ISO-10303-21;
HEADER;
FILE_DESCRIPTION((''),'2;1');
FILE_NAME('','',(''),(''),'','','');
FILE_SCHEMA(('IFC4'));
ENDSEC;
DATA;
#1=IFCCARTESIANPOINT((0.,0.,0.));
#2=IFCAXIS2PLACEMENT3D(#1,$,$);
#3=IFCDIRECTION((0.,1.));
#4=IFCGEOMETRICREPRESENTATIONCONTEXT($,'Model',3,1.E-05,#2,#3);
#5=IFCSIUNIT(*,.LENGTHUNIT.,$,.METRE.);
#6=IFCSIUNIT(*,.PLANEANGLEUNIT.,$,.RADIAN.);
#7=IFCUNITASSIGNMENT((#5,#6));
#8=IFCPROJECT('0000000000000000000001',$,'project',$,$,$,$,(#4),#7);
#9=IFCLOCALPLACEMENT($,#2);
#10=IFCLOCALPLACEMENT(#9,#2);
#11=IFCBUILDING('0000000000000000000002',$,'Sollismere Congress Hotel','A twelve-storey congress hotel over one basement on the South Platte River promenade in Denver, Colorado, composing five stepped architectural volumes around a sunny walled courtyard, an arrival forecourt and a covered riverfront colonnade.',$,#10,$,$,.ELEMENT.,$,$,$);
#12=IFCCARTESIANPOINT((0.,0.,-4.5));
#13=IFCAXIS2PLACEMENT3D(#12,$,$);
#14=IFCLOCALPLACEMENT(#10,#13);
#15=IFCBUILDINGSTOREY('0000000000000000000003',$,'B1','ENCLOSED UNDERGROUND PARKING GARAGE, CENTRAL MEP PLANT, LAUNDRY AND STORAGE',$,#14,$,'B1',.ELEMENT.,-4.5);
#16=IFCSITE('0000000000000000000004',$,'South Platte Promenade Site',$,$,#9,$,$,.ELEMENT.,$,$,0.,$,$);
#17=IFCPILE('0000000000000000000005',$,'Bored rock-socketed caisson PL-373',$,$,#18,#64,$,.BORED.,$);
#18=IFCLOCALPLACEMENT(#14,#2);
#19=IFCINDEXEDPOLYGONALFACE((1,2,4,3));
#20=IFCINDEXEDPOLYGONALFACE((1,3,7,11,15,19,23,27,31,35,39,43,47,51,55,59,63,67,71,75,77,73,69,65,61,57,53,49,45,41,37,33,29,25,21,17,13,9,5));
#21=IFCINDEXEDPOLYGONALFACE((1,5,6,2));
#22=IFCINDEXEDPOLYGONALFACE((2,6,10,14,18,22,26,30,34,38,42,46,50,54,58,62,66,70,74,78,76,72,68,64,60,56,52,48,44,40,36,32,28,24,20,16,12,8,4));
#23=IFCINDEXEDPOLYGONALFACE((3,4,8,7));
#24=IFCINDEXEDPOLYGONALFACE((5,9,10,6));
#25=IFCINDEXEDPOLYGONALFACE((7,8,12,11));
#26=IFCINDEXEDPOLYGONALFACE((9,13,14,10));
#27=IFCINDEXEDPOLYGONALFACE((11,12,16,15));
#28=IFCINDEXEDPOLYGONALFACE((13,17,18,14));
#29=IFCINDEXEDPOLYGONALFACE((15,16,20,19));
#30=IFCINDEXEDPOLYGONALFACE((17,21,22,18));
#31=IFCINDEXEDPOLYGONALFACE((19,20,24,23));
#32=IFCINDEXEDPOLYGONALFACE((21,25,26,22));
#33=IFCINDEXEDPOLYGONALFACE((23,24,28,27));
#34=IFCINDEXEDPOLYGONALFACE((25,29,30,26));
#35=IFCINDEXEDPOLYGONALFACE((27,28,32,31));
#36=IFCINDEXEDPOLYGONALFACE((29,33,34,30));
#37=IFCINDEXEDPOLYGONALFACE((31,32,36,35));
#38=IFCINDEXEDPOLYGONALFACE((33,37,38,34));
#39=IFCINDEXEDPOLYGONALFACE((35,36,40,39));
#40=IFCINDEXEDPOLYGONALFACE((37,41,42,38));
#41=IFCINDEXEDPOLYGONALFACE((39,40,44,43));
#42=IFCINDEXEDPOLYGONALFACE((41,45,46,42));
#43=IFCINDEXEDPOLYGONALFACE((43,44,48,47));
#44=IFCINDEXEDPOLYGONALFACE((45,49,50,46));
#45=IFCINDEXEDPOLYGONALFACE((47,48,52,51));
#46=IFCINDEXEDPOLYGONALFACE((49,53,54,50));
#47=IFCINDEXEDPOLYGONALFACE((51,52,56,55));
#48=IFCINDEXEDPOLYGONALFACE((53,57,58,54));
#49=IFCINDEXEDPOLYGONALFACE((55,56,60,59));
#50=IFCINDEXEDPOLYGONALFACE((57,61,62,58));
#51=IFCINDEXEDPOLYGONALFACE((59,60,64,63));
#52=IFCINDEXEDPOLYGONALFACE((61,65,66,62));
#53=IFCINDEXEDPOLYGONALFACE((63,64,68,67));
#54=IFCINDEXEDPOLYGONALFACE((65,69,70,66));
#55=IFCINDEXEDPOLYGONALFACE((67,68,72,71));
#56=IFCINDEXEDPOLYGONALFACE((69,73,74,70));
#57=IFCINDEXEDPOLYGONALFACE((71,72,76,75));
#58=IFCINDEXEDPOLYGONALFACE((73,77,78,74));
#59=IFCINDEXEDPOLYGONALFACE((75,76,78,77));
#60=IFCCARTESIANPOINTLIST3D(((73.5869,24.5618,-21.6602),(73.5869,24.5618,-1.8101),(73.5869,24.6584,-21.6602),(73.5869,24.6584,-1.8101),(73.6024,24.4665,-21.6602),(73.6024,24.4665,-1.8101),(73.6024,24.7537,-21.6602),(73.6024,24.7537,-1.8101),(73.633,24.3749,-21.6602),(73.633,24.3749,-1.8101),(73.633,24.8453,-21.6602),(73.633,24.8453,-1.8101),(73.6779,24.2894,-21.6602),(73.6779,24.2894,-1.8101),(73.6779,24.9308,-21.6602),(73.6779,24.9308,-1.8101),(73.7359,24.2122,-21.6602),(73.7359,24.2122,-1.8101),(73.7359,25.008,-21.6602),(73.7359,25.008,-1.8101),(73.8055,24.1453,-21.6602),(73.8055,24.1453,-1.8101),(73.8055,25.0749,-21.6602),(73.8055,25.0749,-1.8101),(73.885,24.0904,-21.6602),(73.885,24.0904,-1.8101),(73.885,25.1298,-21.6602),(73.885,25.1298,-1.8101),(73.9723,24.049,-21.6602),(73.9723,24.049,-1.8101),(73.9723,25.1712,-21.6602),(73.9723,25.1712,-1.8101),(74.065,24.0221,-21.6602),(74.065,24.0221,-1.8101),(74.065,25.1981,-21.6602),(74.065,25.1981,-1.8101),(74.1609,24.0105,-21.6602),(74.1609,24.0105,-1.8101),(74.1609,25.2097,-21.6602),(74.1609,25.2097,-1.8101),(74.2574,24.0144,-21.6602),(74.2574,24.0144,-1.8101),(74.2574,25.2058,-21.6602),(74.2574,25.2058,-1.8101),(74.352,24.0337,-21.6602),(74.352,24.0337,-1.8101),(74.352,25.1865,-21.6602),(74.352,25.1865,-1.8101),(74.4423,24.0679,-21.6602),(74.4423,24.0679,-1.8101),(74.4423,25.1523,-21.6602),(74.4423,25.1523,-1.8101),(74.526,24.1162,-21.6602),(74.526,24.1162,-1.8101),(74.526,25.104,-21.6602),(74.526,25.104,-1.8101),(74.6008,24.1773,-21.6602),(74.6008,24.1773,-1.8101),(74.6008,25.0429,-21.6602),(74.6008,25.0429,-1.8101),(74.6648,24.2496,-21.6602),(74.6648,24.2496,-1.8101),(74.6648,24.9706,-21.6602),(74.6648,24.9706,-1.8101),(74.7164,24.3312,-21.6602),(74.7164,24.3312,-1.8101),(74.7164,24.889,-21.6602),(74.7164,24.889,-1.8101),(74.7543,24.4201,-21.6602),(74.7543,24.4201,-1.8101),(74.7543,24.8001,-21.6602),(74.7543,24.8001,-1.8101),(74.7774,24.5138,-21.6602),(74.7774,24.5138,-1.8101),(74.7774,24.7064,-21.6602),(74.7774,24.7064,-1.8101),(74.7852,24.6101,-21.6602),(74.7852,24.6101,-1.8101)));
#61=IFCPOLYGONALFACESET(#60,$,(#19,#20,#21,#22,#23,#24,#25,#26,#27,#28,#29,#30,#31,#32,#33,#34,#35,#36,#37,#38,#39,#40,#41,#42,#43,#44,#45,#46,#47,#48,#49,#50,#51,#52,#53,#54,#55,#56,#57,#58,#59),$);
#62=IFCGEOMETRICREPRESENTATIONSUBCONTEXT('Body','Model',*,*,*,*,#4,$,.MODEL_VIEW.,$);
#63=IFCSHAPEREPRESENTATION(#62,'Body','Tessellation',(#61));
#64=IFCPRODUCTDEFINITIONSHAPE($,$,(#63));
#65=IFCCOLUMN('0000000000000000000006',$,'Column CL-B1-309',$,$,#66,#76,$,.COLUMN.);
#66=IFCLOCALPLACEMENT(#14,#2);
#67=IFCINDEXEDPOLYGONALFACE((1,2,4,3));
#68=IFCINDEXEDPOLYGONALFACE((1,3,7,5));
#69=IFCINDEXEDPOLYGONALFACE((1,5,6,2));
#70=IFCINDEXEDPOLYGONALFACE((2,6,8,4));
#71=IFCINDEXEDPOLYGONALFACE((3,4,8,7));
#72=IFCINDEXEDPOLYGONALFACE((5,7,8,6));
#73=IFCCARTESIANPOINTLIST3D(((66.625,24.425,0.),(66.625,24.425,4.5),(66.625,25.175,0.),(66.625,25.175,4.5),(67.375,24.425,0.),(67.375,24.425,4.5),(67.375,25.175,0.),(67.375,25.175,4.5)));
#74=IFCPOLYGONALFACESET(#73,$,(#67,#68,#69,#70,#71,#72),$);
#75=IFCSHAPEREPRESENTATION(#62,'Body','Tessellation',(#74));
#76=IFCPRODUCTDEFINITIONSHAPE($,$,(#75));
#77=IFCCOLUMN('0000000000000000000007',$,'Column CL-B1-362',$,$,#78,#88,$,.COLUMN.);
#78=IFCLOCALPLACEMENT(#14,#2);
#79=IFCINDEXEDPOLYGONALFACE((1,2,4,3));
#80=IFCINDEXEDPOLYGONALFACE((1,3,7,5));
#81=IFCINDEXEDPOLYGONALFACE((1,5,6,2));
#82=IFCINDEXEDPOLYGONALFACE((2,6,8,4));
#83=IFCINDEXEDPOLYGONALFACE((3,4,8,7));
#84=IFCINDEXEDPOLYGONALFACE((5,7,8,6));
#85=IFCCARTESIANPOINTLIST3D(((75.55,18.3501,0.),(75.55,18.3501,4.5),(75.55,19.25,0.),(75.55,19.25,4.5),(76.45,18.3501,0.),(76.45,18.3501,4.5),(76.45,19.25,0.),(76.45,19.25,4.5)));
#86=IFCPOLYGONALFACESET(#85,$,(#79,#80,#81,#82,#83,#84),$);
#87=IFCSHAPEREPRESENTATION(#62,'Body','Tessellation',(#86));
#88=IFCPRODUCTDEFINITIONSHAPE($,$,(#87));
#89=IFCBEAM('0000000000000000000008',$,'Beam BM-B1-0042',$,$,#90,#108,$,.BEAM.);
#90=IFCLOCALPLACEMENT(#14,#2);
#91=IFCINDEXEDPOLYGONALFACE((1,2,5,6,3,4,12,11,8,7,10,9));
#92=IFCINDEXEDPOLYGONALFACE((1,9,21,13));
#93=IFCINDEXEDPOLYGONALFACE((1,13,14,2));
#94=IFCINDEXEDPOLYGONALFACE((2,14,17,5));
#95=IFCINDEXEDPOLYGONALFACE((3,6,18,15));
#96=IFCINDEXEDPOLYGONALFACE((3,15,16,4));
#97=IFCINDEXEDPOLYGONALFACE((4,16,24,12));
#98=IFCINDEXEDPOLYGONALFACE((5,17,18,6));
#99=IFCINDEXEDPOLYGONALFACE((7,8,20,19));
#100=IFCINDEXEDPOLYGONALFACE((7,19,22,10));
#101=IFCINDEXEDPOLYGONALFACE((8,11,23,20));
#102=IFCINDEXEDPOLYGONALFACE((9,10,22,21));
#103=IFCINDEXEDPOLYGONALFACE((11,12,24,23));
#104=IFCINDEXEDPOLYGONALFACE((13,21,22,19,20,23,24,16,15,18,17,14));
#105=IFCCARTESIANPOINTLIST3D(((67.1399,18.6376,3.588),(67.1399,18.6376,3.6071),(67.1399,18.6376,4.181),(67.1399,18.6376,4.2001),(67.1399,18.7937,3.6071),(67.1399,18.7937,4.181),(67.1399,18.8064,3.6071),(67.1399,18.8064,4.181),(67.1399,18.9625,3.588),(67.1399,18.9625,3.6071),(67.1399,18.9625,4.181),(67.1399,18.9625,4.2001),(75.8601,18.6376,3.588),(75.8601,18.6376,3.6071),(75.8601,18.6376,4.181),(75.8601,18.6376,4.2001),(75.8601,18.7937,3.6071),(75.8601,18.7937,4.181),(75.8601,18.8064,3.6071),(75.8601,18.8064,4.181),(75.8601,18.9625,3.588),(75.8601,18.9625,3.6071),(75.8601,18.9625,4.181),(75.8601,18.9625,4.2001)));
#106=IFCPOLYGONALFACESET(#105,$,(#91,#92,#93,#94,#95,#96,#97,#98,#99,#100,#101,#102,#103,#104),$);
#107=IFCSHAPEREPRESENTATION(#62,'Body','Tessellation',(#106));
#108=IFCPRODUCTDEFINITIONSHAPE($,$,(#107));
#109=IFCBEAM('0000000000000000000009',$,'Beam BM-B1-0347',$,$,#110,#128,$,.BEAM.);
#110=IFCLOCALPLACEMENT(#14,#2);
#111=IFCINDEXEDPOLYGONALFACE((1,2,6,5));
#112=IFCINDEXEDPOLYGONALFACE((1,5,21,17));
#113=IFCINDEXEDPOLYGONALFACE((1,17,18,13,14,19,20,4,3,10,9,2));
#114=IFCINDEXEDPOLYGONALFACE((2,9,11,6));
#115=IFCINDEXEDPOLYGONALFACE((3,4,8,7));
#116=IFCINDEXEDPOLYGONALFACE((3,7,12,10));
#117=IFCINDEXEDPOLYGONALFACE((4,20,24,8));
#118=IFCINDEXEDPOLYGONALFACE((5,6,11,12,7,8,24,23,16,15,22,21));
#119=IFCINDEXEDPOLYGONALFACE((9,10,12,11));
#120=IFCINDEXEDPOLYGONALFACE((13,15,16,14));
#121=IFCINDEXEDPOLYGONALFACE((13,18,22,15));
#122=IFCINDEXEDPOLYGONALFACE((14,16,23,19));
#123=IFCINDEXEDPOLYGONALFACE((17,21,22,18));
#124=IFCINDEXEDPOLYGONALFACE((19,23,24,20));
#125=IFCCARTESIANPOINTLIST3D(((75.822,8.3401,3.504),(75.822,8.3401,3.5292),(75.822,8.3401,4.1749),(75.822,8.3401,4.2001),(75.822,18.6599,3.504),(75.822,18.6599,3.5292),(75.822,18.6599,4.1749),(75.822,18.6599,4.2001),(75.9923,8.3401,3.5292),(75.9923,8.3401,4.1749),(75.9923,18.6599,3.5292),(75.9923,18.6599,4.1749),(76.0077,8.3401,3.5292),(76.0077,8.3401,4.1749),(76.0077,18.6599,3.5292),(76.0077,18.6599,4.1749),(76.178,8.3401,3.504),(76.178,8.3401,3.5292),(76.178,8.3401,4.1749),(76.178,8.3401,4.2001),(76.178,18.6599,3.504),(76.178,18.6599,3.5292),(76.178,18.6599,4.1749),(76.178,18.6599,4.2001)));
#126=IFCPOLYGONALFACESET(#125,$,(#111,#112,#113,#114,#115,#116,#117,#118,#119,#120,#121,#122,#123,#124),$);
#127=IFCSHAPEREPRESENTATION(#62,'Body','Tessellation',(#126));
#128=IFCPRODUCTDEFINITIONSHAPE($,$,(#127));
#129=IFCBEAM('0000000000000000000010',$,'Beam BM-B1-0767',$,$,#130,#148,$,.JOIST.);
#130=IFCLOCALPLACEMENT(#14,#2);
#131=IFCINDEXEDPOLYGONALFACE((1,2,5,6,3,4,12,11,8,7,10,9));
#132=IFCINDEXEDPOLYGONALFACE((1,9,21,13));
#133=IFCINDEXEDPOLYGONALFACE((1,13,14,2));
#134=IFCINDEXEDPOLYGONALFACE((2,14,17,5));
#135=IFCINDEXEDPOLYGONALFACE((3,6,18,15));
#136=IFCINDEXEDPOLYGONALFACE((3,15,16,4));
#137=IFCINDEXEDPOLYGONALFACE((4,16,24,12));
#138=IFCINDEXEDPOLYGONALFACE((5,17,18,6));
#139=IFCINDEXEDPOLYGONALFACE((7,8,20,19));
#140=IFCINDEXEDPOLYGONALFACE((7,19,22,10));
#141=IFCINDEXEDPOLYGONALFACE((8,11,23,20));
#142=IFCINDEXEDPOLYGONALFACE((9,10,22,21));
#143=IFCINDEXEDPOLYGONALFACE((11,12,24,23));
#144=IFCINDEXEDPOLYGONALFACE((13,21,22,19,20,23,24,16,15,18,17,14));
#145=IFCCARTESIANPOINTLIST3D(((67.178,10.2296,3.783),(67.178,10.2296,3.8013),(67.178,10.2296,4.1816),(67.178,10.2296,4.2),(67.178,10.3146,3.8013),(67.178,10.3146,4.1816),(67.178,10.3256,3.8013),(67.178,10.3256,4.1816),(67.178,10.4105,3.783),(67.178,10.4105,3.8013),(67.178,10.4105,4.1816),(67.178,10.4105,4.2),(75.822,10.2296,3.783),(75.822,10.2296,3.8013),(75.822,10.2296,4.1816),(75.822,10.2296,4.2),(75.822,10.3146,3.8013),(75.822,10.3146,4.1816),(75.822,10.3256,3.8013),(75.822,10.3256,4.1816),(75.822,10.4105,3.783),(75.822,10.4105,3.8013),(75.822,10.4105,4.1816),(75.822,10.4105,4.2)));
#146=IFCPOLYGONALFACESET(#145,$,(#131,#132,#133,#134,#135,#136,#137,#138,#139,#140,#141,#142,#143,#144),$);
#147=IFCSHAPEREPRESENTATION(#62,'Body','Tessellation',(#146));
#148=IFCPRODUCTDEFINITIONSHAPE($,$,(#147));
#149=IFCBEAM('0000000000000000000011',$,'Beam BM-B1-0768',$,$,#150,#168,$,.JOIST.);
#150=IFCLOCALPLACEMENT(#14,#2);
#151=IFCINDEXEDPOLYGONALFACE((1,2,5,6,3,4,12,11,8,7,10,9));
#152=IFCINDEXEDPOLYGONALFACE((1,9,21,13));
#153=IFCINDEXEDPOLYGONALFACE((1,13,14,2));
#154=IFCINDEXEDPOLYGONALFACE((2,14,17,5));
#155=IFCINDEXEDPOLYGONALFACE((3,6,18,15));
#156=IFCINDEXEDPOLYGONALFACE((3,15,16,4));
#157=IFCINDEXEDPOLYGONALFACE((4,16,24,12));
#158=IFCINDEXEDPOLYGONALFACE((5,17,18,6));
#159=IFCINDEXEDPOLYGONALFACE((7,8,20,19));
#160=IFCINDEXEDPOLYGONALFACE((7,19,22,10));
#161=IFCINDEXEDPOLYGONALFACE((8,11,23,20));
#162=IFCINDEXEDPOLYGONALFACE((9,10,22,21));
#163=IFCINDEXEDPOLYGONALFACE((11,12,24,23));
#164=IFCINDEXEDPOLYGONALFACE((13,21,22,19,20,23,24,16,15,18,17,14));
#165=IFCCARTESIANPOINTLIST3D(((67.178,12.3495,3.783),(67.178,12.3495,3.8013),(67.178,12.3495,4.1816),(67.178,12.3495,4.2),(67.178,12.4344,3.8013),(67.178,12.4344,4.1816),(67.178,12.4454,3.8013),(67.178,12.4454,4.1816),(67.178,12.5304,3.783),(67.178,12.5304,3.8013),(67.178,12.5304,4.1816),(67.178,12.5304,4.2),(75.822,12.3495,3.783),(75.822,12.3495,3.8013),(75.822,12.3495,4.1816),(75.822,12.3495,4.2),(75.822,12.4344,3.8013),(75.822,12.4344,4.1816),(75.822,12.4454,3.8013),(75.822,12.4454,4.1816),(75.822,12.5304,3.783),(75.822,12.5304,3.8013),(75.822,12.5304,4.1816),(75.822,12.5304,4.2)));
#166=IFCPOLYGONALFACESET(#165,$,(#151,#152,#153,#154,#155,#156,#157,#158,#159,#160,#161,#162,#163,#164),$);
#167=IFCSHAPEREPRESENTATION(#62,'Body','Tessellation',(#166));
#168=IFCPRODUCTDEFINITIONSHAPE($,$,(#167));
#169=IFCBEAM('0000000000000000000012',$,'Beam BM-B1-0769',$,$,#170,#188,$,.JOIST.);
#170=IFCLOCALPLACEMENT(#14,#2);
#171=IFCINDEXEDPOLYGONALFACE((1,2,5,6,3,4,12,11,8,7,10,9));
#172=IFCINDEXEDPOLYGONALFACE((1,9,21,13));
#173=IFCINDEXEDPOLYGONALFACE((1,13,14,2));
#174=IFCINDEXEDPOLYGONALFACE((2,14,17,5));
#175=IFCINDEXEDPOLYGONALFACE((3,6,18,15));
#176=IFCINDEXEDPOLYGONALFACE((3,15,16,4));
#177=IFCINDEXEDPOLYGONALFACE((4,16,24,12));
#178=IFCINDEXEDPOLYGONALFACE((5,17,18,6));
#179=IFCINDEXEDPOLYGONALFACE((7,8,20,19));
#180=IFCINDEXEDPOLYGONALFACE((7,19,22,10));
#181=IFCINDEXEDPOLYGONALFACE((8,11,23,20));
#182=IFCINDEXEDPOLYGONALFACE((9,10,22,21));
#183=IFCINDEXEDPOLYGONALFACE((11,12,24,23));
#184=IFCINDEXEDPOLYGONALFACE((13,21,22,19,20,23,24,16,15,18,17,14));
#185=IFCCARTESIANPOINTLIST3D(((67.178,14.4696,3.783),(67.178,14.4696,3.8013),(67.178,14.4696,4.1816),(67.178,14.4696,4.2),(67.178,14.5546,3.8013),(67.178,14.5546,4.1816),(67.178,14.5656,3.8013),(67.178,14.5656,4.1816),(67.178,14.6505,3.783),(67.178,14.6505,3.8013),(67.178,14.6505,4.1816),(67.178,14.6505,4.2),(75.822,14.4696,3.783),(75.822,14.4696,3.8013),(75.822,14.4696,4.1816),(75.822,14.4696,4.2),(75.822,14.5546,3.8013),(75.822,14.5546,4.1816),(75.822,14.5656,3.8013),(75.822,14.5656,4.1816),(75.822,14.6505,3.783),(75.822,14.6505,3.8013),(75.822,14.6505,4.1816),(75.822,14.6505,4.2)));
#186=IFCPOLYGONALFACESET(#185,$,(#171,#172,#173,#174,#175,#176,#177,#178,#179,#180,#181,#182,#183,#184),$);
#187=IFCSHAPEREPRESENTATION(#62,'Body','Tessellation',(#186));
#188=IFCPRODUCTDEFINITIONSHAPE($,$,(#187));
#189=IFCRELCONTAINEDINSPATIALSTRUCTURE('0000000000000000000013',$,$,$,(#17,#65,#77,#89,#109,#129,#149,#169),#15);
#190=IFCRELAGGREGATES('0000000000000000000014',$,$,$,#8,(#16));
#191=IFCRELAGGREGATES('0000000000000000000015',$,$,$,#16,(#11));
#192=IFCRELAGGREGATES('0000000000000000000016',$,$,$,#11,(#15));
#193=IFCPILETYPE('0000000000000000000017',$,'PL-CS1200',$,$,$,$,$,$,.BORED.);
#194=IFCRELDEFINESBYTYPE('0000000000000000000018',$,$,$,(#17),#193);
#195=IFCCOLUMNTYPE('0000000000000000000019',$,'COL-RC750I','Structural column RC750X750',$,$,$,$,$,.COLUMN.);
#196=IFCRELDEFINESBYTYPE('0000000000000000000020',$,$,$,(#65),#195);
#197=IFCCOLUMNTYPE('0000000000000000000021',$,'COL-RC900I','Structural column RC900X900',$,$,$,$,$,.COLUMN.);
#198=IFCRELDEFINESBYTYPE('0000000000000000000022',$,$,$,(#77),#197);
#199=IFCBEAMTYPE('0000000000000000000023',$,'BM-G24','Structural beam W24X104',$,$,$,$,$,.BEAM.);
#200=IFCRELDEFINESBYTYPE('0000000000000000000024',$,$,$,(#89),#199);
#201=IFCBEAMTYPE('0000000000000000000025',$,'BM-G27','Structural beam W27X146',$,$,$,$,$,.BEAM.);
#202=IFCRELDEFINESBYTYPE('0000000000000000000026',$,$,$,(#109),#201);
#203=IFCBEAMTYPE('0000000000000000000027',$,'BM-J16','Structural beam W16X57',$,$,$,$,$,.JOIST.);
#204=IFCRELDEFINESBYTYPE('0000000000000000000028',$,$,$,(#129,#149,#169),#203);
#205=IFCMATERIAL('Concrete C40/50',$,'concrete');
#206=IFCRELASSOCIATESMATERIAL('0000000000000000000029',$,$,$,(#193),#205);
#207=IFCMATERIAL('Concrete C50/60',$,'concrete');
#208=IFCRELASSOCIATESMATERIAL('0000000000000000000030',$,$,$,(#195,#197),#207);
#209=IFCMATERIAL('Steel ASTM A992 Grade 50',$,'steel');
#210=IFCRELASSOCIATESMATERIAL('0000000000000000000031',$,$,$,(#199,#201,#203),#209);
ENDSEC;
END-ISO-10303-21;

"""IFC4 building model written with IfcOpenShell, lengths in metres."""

from ifc_helpers import new_model, si_unit, direction, frame, origin, origin_2d, place, context, subcontext, project, spatial, rectangle, circle, i_section, extrude, material, material_profile, profile_set, type_object, element, save


model = new_model("IFC4")

# Units and contexts
model_context = context("Model", 3, precision=1e-05, world=origin(), true_north=direction((0.0, 1.0)))
body_context = subcontext(model_context, "Body", "Model", "MODEL_VIEW")
ifc_project = project(units=[si_unit("LENGTHUNIT", "METRE"), si_unit("PLANEANGLEUNIT", "RADIAN")], contexts=[model_context])

# Site, building, storey
site_placement = place(None, origin())
site = spatial("IfcSite", under=ifc_project, at=site_placement, Name="South Platte Promenade Site", CompositionType="ELEMENT", RefElevation=0.0)
building_placement = place(site_placement, origin())
building = spatial("IfcBuilding", under=site, at=building_placement, Name="Sollismere Congress Hotel", Description="A twelve-storey congress hotel over one basement on the South Platte River promenade in Denver, Colorado, composing five stepped architectural volumes around a sunny walled courtyard, an arrival forecourt and a covered riverfront colonnade.", CompositionType="ELEMENT")
storey_placement = place(building_placement, frame((0.0, 0.0, -4.5)))
storey = spatial("IfcBuildingStorey", under=building, at=storey_placement, Name="B1", Description="ENCLOSED UNDERGROUND PARKING GARAGE, CENTRAL MEP PLANT, LAUNDRY AND STORAGE", LongName="B1", CompositionType="ELEMENT", Elevation=-4.5)

# Shared definitions
ifc_material_1 = material(Name="Concrete C40/50", Category="concrete")

# Pile
ifc_material_profile_1 = material_profile(ifc_material_1, circle(Radius=0.6001, at=origin_2d()), Name="CAISSON1200")
ifc_profile_set_1 = profile_set([ifc_material_profile_1], Name="Concrete C40/50")
pile_type = type_object("IfcPileType", Name="PL-CS1200", PredefinedType="BORED", material=ifc_profile_set_1)
pile_1_placement = place(storey_placement, frame((74.1851, 24.6101, -1.8101), z_axis=(0.0, 0.0, -1.0), x_axis=(1.0, 0.0, 0.0)))
element("IfcPile", 1, at=pile_1_placement, inside=storey, type_object=pile_type, Name="Bored rock-socketed caisson PL-373", PredefinedType="BORED", context=body_context, shape_type="SweptSolid", body=[
    extrude(circle(Radius=0.6001, at=origin_2d()), origin(), (0.0, 0.0, 1.0), 19.8501),
])

# Columns
ifc_material_2 = material(Name="Concrete C50/60", Category="concrete")
ifc_material_profile_2 = material_profile(ifc_material_2, rectangle(XDim=0.75, YDim=0.75, at=origin_2d()), Name="RC750X750")
ifc_profile_set_2 = profile_set([ifc_material_profile_2], Name="Concrete C50/60")
column_type_1 = type_object("IfcColumnType", Name="COL-RC750I", Description="Structural column RC750X750", PredefinedType="COLUMN", material=ifc_profile_set_2)
column_1_placement = place(storey_placement, frame((67.0, 24.8, 0.0), z_axis=(0.0, 0.0, 1.0), x_axis=(0.0, 1.0, 0.0)))
element("IfcColumn", 2, at=column_1_placement, inside=storey, type_object=column_type_1, Name="Column CL-B1-309", PredefinedType="COLUMN", context=body_context, shape_type="SweptSolid", body=[
    extrude(rectangle(XDim=0.75, YDim=0.75, at=origin_2d()), origin(), (0.0, 0.0, 1.0), 4.5),
])
ifc_material_profile_3 = material_profile(ifc_material_2, rectangle(XDim=0.8999, YDim=0.8999, at=origin_2d()), Name="RC900X900")
ifc_profile_set_3 = profile_set([ifc_material_profile_3], Name="Concrete C50/60")
column_type_2 = type_object("IfcColumnType", Name="COL-RC900I", Description="Structural column RC900X900", PredefinedType="COLUMN", material=ifc_profile_set_3)
column_2_placement = place(storey_placement, frame((76.0, 18.8, 0.0), z_axis=(0.0, 0.0, 1.0), x_axis=(0.0, 1.0, 0.0)))
element("IfcColumn", 3, at=column_2_placement, inside=storey, type_object=column_type_2, Name="Column CL-B1-362", PredefinedType="COLUMN", context=body_context, shape_type="SweptSolid", body=[
    extrude(rectangle(XDim=0.8999, YDim=0.8999, at=origin_2d()), origin(), (0.0, 0.0, 1.0), 4.5),
])

# Beams
ifc_material_3 = material(Name="Steel ASTM A992 Grade 50", Category="steel")
ifc_material_profile_4 = material_profile(ifc_material_3, i_section(OverallWidth=0.325, OverallDepth=0.6121, WebThickness=0.0127, FlangeThickness=0.019, at=origin_2d()), Name="W24X104")
ifc_profile_set_4 = profile_set([ifc_material_profile_4], Name="Steel ASTM A992 Grade 50")
beam_type_1 = type_object("IfcBeamType", Name="BM-G24", Description="Structural beam W24X104", PredefinedType="BEAM", material=ifc_profile_set_4)
beam_1_placement = place(storey_placement, frame((67.1399, 18.8, 3.894), z_axis=(1.0, 0.0, 0.0), x_axis=(0.0, 1.0, 0.0)))
element("IfcBeam", 4, at=beam_1_placement, inside=storey, type_object=beam_type_1, Name="Beam BM-B1-0042", PredefinedType="BEAM", context=body_context, shape_type="SweptSolid", body=[
    extrude(i_section(OverallWidth=0.325, OverallDepth=0.6121, WebThickness=0.0127, FlangeThickness=0.019, at=origin_2d()), origin(), (0.0, 0.0, 1.0), 8.7202),
])
ifc_material_profile_5 = material_profile(ifc_material_3, i_section(OverallWidth=0.356, OverallDepth=0.696, WebThickness=0.0154, FlangeThickness=0.0251, at=origin_2d()), Name="W27X146")
ifc_profile_set_5 = profile_set([ifc_material_profile_5], Name="Steel ASTM A992 Grade 50")
beam_type_2 = type_object("IfcBeamType", Name="BM-G27", Description="Structural beam W27X146", PredefinedType="BEAM", material=ifc_profile_set_5)
beam_2_placement = place(storey_placement, frame((76.0, 8.3401, 3.8521), z_axis=(0.0, 1.0, 0.0), x_axis=(-1.0, 0.0, 0.0)))
element("IfcBeam", 5, at=beam_2_placement, inside=storey, type_object=beam_type_2, Name="Beam BM-B1-0347", PredefinedType="BEAM", context=body_context, shape_type="SweptSolid", body=[
    extrude(i_section(OverallWidth=0.356, OverallDepth=0.696, WebThickness=0.0154, FlangeThickness=0.0251, at=origin_2d()), origin(), (0.0, 0.0, 1.0), 10.3198),
])
ifc_material_profile_6 = material_profile(ifc_material_3, i_section(OverallWidth=0.1809, OverallDepth=0.417, WebThickness=0.011, FlangeThickness=0.0183, at=origin_2d()), Name="W16X57")
ifc_profile_set_6 = profile_set([ifc_material_profile_6], Name="Steel ASTM A992 Grade 50")
beam_type_3 = type_object("IfcBeamType", Name="BM-J16", Description="Structural beam W16X57", PredefinedType="JOIST", material=ifc_profile_set_6)
for number, where, z_axis, x_axis, name in (
    (6, (67.178, 10.3201, 3.9915), (1.0, 0.0, 0.0), (0.0, 1.0, 0.0), "Beam BM-B1-0767"),
    (7, (67.178, 12.4399, 3.9915), (1.0, 0.0, 0.0), (0.0, 1.0, 0.0), "Beam BM-B1-0768"),
    (8, (67.178, 14.5601, 3.9915), (1.0, 0.0, 0.0), (0.0, 1.0, 0.0), "Beam BM-B1-0769"),
):
    element("IfcBeam", number, at=place(storey_placement, frame(where, z_axis=z_axis, x_axis=x_axis)), inside=storey, type_object=beam_type_3, Name=name, PredefinedType="JOIST", context=body_context, shape_type="SweptSolid", body=[
        extrude(i_section(OverallWidth=0.1809, OverallDepth=0.417, WebThickness=0.011, FlangeThickness=0.0183, at=origin_2d()), origin(), (0.0, 0.0, 1.0), 8.644),
    ])

save(model, "model.ifc")
